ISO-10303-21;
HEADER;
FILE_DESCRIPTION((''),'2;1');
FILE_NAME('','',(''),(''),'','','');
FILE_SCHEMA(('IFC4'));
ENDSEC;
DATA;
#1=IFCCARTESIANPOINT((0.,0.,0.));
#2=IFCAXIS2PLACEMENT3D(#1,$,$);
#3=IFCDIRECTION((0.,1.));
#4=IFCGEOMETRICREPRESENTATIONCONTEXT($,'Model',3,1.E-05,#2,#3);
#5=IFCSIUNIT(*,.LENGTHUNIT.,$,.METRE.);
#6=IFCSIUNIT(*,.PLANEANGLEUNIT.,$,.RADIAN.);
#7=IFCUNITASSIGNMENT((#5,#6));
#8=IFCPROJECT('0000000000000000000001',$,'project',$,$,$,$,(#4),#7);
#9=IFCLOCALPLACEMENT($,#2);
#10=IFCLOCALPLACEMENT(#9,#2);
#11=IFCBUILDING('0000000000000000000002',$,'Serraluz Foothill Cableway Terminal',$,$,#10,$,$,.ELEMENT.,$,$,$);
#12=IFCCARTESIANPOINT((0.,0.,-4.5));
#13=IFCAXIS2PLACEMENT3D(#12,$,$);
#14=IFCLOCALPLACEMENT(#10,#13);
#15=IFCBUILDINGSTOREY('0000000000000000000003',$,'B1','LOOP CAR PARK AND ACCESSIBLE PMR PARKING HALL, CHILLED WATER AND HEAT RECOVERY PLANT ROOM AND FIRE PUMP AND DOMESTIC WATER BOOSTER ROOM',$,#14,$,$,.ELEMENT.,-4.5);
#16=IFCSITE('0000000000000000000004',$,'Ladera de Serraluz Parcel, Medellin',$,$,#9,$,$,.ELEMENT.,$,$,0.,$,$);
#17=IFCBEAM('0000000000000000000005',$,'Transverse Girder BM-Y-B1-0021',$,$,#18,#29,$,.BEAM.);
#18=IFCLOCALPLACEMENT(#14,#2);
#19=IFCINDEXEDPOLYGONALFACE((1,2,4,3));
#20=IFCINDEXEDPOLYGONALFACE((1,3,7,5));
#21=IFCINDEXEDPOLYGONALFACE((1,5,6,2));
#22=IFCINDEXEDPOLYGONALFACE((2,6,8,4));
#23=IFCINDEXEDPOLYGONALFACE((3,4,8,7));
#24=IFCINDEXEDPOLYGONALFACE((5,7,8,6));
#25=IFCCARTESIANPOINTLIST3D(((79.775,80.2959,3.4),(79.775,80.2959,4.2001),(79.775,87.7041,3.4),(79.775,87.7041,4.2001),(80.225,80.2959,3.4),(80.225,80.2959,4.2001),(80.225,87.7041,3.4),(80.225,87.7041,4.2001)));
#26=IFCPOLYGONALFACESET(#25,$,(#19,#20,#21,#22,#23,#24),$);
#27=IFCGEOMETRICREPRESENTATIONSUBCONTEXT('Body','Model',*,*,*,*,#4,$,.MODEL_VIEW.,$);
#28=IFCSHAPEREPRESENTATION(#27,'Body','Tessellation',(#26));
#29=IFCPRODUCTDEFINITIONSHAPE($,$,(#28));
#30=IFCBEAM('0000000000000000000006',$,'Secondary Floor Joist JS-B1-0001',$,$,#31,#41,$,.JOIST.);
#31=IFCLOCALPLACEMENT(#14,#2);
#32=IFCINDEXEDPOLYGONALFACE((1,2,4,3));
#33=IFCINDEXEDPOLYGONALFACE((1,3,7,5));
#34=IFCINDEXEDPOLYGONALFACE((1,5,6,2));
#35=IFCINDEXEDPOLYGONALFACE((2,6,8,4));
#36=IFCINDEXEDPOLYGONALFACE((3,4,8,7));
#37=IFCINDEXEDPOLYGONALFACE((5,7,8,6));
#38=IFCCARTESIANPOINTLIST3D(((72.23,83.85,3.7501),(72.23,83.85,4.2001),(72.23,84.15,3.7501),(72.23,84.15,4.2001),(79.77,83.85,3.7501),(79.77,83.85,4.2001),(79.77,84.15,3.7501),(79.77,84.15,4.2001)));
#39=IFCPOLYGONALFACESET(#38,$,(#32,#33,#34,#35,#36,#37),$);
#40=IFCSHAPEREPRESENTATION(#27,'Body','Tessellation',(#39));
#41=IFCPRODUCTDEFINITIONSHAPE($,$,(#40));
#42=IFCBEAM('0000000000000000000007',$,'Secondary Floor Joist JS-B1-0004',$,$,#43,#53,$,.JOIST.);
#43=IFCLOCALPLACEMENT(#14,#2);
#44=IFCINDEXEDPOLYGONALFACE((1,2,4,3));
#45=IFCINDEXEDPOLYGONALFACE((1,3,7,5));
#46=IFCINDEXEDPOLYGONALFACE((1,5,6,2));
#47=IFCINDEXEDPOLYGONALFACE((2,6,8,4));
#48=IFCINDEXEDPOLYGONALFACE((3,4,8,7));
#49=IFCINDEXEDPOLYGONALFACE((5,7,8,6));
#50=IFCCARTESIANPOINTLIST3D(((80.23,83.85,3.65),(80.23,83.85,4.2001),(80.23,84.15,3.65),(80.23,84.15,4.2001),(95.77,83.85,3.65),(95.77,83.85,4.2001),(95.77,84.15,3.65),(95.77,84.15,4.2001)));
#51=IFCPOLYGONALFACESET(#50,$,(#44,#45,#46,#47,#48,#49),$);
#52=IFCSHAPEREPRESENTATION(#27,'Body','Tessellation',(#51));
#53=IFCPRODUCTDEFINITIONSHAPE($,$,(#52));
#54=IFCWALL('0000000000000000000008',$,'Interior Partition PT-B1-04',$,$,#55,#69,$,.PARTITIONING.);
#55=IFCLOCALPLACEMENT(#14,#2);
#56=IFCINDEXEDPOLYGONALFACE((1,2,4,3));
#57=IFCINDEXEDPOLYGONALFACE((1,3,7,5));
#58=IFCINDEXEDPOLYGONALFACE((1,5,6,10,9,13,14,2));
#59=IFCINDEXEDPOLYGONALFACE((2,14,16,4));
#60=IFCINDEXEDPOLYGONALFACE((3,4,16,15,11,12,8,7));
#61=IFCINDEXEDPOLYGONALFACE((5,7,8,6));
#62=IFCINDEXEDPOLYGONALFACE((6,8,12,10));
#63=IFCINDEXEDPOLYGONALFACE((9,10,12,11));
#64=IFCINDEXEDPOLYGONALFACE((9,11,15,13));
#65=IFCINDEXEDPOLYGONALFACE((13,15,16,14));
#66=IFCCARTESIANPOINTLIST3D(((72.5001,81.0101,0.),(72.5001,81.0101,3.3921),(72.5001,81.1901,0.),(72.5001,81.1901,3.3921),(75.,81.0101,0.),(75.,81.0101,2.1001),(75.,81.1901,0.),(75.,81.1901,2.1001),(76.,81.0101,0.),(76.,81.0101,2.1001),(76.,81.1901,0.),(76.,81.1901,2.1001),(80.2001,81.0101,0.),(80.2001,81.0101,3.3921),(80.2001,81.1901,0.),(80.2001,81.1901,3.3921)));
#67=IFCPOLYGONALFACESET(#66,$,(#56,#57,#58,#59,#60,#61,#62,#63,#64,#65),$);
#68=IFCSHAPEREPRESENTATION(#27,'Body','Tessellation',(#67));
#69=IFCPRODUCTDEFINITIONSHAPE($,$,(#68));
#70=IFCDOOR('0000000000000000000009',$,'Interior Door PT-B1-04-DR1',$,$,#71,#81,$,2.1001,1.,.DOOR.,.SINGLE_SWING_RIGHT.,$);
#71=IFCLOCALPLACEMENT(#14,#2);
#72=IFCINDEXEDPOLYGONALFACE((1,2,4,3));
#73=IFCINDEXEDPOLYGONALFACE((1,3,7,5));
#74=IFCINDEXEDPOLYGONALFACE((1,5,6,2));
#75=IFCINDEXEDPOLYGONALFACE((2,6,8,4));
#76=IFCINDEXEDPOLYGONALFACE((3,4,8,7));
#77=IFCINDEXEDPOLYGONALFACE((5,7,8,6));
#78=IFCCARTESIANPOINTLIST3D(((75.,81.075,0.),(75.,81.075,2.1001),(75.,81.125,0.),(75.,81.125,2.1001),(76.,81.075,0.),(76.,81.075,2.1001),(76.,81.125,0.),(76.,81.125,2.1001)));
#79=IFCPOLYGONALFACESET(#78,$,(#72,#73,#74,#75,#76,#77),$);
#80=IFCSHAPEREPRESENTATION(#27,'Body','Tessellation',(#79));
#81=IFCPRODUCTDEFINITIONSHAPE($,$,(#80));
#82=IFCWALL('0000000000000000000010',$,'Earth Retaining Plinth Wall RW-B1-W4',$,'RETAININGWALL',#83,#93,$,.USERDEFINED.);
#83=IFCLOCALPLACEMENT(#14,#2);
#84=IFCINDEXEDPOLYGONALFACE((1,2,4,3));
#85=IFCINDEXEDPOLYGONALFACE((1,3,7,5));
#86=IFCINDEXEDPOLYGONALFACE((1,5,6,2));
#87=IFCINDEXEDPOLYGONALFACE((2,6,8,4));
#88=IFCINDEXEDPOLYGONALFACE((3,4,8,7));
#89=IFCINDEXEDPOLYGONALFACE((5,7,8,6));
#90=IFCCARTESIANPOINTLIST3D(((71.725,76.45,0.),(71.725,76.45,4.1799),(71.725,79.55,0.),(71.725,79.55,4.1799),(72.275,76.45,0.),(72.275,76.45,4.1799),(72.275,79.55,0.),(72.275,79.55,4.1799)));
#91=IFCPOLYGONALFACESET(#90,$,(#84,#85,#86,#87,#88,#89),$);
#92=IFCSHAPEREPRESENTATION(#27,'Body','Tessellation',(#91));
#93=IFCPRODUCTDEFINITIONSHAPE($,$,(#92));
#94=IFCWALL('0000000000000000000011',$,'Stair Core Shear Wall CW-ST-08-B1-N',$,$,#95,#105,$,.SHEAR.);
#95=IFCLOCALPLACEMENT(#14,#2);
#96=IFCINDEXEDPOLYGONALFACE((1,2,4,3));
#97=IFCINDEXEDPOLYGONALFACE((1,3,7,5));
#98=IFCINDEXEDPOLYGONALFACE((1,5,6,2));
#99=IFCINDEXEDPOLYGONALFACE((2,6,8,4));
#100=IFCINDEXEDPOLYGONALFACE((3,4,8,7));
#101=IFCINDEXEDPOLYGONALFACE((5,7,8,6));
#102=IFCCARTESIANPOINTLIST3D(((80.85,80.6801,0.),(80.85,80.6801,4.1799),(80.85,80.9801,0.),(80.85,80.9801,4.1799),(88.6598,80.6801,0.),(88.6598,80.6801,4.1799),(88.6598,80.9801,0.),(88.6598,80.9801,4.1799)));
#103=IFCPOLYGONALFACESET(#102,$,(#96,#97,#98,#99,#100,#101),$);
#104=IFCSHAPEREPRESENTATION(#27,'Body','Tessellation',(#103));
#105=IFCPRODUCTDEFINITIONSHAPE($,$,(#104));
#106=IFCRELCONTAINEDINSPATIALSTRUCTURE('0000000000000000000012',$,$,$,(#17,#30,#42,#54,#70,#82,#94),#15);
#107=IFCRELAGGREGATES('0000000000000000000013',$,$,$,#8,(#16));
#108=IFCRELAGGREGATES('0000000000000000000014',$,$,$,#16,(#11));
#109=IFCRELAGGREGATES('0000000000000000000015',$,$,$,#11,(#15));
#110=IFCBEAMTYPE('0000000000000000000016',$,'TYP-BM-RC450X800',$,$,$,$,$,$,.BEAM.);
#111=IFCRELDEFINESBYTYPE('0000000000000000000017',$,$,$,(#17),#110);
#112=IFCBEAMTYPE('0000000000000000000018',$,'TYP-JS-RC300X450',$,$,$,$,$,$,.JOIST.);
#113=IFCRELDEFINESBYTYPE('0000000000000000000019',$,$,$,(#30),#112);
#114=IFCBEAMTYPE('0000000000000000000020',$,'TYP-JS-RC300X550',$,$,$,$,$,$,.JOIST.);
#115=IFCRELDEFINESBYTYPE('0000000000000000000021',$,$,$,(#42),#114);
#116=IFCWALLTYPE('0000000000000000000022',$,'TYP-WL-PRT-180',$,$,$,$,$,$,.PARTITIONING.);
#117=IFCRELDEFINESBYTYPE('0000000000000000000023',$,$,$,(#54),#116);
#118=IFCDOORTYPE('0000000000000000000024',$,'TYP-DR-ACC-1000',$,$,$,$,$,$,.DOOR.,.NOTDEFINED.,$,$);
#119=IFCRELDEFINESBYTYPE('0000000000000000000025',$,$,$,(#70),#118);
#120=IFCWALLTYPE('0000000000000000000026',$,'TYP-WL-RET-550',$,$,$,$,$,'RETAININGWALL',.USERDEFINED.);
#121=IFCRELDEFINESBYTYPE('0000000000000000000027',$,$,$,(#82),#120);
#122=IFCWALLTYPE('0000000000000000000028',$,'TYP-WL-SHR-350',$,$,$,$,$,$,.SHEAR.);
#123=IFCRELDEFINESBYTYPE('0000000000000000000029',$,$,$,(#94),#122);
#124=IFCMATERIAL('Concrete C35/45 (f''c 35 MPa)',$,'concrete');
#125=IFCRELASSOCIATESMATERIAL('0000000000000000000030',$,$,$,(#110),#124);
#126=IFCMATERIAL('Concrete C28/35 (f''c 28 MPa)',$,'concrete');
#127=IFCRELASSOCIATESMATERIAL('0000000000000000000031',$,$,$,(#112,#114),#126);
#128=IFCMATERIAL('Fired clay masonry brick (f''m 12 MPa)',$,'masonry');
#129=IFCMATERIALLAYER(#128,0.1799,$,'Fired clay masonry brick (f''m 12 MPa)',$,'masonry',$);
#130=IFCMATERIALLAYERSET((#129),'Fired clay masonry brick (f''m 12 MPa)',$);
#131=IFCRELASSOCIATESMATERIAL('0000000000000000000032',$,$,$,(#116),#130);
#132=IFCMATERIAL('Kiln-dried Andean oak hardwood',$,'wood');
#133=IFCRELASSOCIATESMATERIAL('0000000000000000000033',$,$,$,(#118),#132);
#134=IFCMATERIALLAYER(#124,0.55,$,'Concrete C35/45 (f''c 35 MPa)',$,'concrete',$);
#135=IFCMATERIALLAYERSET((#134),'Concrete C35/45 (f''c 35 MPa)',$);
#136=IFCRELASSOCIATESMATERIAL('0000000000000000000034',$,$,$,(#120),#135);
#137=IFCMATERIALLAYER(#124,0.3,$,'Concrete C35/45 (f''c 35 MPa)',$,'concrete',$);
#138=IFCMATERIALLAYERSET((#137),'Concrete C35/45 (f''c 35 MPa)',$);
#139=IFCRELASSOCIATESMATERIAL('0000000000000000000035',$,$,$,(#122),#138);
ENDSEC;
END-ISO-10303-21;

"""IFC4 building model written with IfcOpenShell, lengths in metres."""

from ifc_helpers import new_model, si_unit, direction, frame, frame_2d, origin, origin_2d, place, context, subcontext, project, spatial, rectangle, extrude, material, layer, layer_set, material_profile, profile_set, type_object, element, fill, save


model = new_model("IFC4")

# Units and contexts
model_context = context("Model", 3, precision=1e-05, world=origin(), true_north=direction((0.0, 1.0)))
body_context = subcontext(model_context, "Body", "Model", "MODEL_VIEW")
ifc_project = project(units=[si_unit("LENGTHUNIT", "METRE"), si_unit("PLANEANGLEUNIT", "RADIAN")], contexts=[model_context])

# Site, building, storey
site_placement = place(None, origin())
site = spatial("IfcSite", under=ifc_project, at=site_placement, Name="Ladera de Serraluz Parcel, Medellin", CompositionType="ELEMENT", RefElevation=0.0)
building_placement = place(site_placement, origin())
building = spatial("IfcBuilding", under=site, at=building_placement, Name="Serraluz Foothill Cableway Terminal", CompositionType="ELEMENT")
storey_placement = place(building_placement, frame((0.0, 0.0, -4.5)))
storey = spatial("IfcBuildingStorey", under=building, at=storey_placement, Name="B1", Description="LOOP CAR PARK AND ACCESSIBLE PMR PARKING HALL, CHILLED WATER AND HEAT RECOVERY PLANT ROOM AND FIRE PUMP AND DOMESTIC WATER BOOSTER ROOM", CompositionType="ELEMENT", Elevation=-4.5)

# Shared definitions
ifc_material_1 = material(Name="Concrete C35/45 (f'c 35 MPa)", Category="concrete")

# Shared definitions
ifc_material_2 = material(Name="Concrete C28/35 (f'c 28 MPa)", Category="concrete")

# Beams
ifc_material_profile_1 = material_profile(ifc_material_1, rectangle(XDim=0.45, YDim=0.8, at=origin_2d()), Name="RC 450x800")
ifc_profile_set_1 = profile_set([ifc_material_profile_1], Name="Concrete C35/45 (f'c 35 MPa)")
beam_type_1 = type_object("IfcBeamType", Name="TYP-BM-RC450X800", PredefinedType="BEAM", material=ifc_profile_set_1)
beam_1_placement = place(storey_placement, frame((80.0, 80.2959, 3.8), z_axis=(0.0, 1.0, 0.0), x_axis=(-1.0, 0.0, 0.0)))
element("IfcBeam", 1, at=beam_1_placement, inside=storey, type_object=beam_type_1, Name="Transverse Girder BM-Y-B1-0021", PredefinedType="BEAM", context=body_context, shape_type="SweptSolid", body=[
    extrude(rectangle(XDim=0.45, YDim=0.8, at=origin_2d()), origin(), (0.0, 0.0, 1.0), 7.4082),
])
ifc_material_profile_2 = material_profile(ifc_material_2, rectangle(XDim=0.3, YDim=0.45, at=origin_2d()), Name="RC 300x450")
ifc_profile_set_2 = profile_set([ifc_material_profile_2], Name="Concrete C28/35 (f'c 28 MPa)")
beam_type_2 = type_object("IfcBeamType", Name="TYP-JS-RC300X450", PredefinedType="JOIST", material=ifc_profile_set_2)
beam_2_placement = place(storey_placement, frame((72.23, 84.0, 3.9751), z_axis=(1.0, 0.0, 0.0), x_axis=(0.0, 1.0, 0.0)))
element("IfcBeam", 2, at=beam_2_placement, inside=storey, type_object=beam_type_2, Name="Secondary Floor Joist JS-B1-0001", PredefinedType="JOIST", context=body_context, shape_type="SweptSolid", body=[
    extrude(rectangle(XDim=0.3, YDim=0.45, at=origin_2d()), origin(), (0.0, 0.0, 1.0), 7.54),
])
ifc_material_profile_3 = material_profile(ifc_material_2, rectangle(XDim=0.3, YDim=0.55, at=origin_2d()), Name="RC 300x550")
ifc_profile_set_3 = profile_set([ifc_material_profile_3], Name="Concrete C28/35 (f'c 28 MPa)")
beam_type_3 = type_object("IfcBeamType", Name="TYP-JS-RC300X550", PredefinedType="JOIST", material=ifc_profile_set_3)
beam_3_placement = place(storey_placement, frame((80.23, 84.0, 3.925), z_axis=(1.0, 0.0, 0.0), x_axis=(0.0, 1.0, 0.0)))
element("IfcBeam", 3, at=beam_3_placement, inside=storey, type_object=beam_type_3, Name="Secondary Floor Joist JS-B1-0004", PredefinedType="JOIST", context=body_context, shape_type="SweptSolid", body=[
    extrude(rectangle(XDim=0.3, YDim=0.55, at=origin_2d()), origin(), (0.0, 0.0, 1.0), 15.54),
])

# Wall, opening, door
ifc_material_3 = material(Name="Fired clay masonry brick (f'm 12 MPa)", Category="masonry")
ifc_layer_1 = layer(ifc_material_3, 0.1799, Name="Fired clay masonry brick (f'm 12 MPa)", Category="masonry")
ifc_layer_set_1 = layer_set([ifc_layer_1], Name="Fired clay masonry brick (f'm 12 MPa)")
wall_type_1 = type_object("IfcWallType", Name="TYP-WL-PRT-180", PredefinedType="PARTITIONING", material=ifc_layer_set_1)
wall_1_placement = place(storey_placement, frame((72.5, 81.1001, 0.0), z_axis=(0.0, 0.0, 1.0), x_axis=(1.0, 0.0, 0.0)))
wall_1 = element("IfcWall", 4, at=wall_1_placement, inside=storey, type_object=wall_type_1, Name="Interior Partition PT-B1-04", PredefinedType="PARTITIONING", context=body_context, shape_type="SweptSolid", body=[
    extrude(rectangle(XDim=7.7, YDim=0.1799, at=frame_2d((3.8501, 0.0))), origin(), (0.0, 0.0, 1.0), 3.3921),
])
opening_placement = place(wall_1_placement, frame((2.5, 0.0, 0.0)))
opening = element("IfcOpeningElement", 5, at=opening_placement, cuts=wall_1, PredefinedType="OPENING", context=body_context, shape_type="SweptSolid", body=[
    extrude(rectangle(XDim=1.0, YDim=2.1001, at=frame_2d((0.5, 1.05))), frame((0.0, 0.1001, 0.0), z_axis=(0.0, -1.0, 0.0), x_axis=(1.0, 0.0, 0.0)), (0.0, 0.0, 1.0), 0.2),
])
ifc_material_4 = material(Name="Kiln-dried Andean oak hardwood", Category="wood")
door_type = type_object("IfcDoorType", Name="TYP-DR-ACC-1000", OperationType="NOTDEFINED", PredefinedType="DOOR", material=ifc_material_4)
door_placement = place(opening_placement, origin())
door = element("IfcDoor", 6, at=door_placement, inside=storey, type_object=door_type, Name="Interior Door PT-B1-04-DR1", OperationType="SINGLE_SWING_RIGHT", OverallHeight=2.1001, OverallWidth=1.0, PredefinedType="DOOR", context=body_context, shape_type="SweptSolid", body=[
    extrude(rectangle(XDim=1.0, YDim=2.1001, at=frame_2d((0.5, 1.05))), frame((0.0, 0.0249, 0.0), z_axis=(0.0, -1.0, 0.0), x_axis=(1.0, 0.0, 0.0)), (0.0, 0.0, 1.0), 0.05),
])
fill(opening, door)

# Walls
ifc_layer_2 = layer(ifc_material_1, 0.55, Name="Concrete C35/45 (f'c 35 MPa)", Category="concrete")
ifc_layer_set_2 = layer_set([ifc_layer_2], Name="Concrete C35/45 (f'c 35 MPa)")
wall_type_2 = type_object("IfcWallType", Name="TYP-WL-RET-550", ElementType="RETAININGWALL", PredefinedType="USERDEFINED", material=ifc_layer_set_2)
wall_2_placement = place(storey_placement, frame((72.0, 79.55, 0.0), z_axis=(0.0, 0.0, 1.0), x_axis=(0.0, -1.0, 0.0)))
element("IfcWall", 7, at=wall_2_placement, inside=storey, type_object=wall_type_2, Name="Earth Retaining Plinth Wall RW-B1-W4", ObjectType="RETAININGWALL", PredefinedType="USERDEFINED", context=body_context, shape_type="SweptSolid", body=[
    extrude(rectangle(XDim=3.1001, YDim=0.55, at=frame_2d((1.55, 0.0))), origin(), (0.0, 0.0, 1.0), 4.1799),
])
ifc_layer_3 = layer(ifc_material_1, 0.3, Name="Concrete C35/45 (f'c 35 MPa)", Category="concrete")
ifc_layer_set_3 = layer_set([ifc_layer_3], Name="Concrete C35/45 (f'c 35 MPa)")
wall_type_3 = type_object("IfcWallType", Name="TYP-WL-SHR-350", PredefinedType="SHEAR", material=ifc_layer_set_3)
wall_3_placement = place(storey_placement, frame((80.8501, 80.8301, 0.0), z_axis=(0.0, 0.0, 1.0), x_axis=(1.0, 0.0, 0.0)))
element("IfcWall", 8, at=wall_3_placement, inside=storey, type_object=wall_type_3, Name="Stair Core Shear Wall CW-ST-08-B1-N", PredefinedType="SHEAR", context=body_context, shape_type="SweptSolid", body=[
    extrude(rectangle(XDim=7.8098, YDim=0.3, at=frame_2d((3.9048, 0.0))), origin(), (0.0, 0.0, 1.0), 4.1799),
])

save(model, "model.ifc")
